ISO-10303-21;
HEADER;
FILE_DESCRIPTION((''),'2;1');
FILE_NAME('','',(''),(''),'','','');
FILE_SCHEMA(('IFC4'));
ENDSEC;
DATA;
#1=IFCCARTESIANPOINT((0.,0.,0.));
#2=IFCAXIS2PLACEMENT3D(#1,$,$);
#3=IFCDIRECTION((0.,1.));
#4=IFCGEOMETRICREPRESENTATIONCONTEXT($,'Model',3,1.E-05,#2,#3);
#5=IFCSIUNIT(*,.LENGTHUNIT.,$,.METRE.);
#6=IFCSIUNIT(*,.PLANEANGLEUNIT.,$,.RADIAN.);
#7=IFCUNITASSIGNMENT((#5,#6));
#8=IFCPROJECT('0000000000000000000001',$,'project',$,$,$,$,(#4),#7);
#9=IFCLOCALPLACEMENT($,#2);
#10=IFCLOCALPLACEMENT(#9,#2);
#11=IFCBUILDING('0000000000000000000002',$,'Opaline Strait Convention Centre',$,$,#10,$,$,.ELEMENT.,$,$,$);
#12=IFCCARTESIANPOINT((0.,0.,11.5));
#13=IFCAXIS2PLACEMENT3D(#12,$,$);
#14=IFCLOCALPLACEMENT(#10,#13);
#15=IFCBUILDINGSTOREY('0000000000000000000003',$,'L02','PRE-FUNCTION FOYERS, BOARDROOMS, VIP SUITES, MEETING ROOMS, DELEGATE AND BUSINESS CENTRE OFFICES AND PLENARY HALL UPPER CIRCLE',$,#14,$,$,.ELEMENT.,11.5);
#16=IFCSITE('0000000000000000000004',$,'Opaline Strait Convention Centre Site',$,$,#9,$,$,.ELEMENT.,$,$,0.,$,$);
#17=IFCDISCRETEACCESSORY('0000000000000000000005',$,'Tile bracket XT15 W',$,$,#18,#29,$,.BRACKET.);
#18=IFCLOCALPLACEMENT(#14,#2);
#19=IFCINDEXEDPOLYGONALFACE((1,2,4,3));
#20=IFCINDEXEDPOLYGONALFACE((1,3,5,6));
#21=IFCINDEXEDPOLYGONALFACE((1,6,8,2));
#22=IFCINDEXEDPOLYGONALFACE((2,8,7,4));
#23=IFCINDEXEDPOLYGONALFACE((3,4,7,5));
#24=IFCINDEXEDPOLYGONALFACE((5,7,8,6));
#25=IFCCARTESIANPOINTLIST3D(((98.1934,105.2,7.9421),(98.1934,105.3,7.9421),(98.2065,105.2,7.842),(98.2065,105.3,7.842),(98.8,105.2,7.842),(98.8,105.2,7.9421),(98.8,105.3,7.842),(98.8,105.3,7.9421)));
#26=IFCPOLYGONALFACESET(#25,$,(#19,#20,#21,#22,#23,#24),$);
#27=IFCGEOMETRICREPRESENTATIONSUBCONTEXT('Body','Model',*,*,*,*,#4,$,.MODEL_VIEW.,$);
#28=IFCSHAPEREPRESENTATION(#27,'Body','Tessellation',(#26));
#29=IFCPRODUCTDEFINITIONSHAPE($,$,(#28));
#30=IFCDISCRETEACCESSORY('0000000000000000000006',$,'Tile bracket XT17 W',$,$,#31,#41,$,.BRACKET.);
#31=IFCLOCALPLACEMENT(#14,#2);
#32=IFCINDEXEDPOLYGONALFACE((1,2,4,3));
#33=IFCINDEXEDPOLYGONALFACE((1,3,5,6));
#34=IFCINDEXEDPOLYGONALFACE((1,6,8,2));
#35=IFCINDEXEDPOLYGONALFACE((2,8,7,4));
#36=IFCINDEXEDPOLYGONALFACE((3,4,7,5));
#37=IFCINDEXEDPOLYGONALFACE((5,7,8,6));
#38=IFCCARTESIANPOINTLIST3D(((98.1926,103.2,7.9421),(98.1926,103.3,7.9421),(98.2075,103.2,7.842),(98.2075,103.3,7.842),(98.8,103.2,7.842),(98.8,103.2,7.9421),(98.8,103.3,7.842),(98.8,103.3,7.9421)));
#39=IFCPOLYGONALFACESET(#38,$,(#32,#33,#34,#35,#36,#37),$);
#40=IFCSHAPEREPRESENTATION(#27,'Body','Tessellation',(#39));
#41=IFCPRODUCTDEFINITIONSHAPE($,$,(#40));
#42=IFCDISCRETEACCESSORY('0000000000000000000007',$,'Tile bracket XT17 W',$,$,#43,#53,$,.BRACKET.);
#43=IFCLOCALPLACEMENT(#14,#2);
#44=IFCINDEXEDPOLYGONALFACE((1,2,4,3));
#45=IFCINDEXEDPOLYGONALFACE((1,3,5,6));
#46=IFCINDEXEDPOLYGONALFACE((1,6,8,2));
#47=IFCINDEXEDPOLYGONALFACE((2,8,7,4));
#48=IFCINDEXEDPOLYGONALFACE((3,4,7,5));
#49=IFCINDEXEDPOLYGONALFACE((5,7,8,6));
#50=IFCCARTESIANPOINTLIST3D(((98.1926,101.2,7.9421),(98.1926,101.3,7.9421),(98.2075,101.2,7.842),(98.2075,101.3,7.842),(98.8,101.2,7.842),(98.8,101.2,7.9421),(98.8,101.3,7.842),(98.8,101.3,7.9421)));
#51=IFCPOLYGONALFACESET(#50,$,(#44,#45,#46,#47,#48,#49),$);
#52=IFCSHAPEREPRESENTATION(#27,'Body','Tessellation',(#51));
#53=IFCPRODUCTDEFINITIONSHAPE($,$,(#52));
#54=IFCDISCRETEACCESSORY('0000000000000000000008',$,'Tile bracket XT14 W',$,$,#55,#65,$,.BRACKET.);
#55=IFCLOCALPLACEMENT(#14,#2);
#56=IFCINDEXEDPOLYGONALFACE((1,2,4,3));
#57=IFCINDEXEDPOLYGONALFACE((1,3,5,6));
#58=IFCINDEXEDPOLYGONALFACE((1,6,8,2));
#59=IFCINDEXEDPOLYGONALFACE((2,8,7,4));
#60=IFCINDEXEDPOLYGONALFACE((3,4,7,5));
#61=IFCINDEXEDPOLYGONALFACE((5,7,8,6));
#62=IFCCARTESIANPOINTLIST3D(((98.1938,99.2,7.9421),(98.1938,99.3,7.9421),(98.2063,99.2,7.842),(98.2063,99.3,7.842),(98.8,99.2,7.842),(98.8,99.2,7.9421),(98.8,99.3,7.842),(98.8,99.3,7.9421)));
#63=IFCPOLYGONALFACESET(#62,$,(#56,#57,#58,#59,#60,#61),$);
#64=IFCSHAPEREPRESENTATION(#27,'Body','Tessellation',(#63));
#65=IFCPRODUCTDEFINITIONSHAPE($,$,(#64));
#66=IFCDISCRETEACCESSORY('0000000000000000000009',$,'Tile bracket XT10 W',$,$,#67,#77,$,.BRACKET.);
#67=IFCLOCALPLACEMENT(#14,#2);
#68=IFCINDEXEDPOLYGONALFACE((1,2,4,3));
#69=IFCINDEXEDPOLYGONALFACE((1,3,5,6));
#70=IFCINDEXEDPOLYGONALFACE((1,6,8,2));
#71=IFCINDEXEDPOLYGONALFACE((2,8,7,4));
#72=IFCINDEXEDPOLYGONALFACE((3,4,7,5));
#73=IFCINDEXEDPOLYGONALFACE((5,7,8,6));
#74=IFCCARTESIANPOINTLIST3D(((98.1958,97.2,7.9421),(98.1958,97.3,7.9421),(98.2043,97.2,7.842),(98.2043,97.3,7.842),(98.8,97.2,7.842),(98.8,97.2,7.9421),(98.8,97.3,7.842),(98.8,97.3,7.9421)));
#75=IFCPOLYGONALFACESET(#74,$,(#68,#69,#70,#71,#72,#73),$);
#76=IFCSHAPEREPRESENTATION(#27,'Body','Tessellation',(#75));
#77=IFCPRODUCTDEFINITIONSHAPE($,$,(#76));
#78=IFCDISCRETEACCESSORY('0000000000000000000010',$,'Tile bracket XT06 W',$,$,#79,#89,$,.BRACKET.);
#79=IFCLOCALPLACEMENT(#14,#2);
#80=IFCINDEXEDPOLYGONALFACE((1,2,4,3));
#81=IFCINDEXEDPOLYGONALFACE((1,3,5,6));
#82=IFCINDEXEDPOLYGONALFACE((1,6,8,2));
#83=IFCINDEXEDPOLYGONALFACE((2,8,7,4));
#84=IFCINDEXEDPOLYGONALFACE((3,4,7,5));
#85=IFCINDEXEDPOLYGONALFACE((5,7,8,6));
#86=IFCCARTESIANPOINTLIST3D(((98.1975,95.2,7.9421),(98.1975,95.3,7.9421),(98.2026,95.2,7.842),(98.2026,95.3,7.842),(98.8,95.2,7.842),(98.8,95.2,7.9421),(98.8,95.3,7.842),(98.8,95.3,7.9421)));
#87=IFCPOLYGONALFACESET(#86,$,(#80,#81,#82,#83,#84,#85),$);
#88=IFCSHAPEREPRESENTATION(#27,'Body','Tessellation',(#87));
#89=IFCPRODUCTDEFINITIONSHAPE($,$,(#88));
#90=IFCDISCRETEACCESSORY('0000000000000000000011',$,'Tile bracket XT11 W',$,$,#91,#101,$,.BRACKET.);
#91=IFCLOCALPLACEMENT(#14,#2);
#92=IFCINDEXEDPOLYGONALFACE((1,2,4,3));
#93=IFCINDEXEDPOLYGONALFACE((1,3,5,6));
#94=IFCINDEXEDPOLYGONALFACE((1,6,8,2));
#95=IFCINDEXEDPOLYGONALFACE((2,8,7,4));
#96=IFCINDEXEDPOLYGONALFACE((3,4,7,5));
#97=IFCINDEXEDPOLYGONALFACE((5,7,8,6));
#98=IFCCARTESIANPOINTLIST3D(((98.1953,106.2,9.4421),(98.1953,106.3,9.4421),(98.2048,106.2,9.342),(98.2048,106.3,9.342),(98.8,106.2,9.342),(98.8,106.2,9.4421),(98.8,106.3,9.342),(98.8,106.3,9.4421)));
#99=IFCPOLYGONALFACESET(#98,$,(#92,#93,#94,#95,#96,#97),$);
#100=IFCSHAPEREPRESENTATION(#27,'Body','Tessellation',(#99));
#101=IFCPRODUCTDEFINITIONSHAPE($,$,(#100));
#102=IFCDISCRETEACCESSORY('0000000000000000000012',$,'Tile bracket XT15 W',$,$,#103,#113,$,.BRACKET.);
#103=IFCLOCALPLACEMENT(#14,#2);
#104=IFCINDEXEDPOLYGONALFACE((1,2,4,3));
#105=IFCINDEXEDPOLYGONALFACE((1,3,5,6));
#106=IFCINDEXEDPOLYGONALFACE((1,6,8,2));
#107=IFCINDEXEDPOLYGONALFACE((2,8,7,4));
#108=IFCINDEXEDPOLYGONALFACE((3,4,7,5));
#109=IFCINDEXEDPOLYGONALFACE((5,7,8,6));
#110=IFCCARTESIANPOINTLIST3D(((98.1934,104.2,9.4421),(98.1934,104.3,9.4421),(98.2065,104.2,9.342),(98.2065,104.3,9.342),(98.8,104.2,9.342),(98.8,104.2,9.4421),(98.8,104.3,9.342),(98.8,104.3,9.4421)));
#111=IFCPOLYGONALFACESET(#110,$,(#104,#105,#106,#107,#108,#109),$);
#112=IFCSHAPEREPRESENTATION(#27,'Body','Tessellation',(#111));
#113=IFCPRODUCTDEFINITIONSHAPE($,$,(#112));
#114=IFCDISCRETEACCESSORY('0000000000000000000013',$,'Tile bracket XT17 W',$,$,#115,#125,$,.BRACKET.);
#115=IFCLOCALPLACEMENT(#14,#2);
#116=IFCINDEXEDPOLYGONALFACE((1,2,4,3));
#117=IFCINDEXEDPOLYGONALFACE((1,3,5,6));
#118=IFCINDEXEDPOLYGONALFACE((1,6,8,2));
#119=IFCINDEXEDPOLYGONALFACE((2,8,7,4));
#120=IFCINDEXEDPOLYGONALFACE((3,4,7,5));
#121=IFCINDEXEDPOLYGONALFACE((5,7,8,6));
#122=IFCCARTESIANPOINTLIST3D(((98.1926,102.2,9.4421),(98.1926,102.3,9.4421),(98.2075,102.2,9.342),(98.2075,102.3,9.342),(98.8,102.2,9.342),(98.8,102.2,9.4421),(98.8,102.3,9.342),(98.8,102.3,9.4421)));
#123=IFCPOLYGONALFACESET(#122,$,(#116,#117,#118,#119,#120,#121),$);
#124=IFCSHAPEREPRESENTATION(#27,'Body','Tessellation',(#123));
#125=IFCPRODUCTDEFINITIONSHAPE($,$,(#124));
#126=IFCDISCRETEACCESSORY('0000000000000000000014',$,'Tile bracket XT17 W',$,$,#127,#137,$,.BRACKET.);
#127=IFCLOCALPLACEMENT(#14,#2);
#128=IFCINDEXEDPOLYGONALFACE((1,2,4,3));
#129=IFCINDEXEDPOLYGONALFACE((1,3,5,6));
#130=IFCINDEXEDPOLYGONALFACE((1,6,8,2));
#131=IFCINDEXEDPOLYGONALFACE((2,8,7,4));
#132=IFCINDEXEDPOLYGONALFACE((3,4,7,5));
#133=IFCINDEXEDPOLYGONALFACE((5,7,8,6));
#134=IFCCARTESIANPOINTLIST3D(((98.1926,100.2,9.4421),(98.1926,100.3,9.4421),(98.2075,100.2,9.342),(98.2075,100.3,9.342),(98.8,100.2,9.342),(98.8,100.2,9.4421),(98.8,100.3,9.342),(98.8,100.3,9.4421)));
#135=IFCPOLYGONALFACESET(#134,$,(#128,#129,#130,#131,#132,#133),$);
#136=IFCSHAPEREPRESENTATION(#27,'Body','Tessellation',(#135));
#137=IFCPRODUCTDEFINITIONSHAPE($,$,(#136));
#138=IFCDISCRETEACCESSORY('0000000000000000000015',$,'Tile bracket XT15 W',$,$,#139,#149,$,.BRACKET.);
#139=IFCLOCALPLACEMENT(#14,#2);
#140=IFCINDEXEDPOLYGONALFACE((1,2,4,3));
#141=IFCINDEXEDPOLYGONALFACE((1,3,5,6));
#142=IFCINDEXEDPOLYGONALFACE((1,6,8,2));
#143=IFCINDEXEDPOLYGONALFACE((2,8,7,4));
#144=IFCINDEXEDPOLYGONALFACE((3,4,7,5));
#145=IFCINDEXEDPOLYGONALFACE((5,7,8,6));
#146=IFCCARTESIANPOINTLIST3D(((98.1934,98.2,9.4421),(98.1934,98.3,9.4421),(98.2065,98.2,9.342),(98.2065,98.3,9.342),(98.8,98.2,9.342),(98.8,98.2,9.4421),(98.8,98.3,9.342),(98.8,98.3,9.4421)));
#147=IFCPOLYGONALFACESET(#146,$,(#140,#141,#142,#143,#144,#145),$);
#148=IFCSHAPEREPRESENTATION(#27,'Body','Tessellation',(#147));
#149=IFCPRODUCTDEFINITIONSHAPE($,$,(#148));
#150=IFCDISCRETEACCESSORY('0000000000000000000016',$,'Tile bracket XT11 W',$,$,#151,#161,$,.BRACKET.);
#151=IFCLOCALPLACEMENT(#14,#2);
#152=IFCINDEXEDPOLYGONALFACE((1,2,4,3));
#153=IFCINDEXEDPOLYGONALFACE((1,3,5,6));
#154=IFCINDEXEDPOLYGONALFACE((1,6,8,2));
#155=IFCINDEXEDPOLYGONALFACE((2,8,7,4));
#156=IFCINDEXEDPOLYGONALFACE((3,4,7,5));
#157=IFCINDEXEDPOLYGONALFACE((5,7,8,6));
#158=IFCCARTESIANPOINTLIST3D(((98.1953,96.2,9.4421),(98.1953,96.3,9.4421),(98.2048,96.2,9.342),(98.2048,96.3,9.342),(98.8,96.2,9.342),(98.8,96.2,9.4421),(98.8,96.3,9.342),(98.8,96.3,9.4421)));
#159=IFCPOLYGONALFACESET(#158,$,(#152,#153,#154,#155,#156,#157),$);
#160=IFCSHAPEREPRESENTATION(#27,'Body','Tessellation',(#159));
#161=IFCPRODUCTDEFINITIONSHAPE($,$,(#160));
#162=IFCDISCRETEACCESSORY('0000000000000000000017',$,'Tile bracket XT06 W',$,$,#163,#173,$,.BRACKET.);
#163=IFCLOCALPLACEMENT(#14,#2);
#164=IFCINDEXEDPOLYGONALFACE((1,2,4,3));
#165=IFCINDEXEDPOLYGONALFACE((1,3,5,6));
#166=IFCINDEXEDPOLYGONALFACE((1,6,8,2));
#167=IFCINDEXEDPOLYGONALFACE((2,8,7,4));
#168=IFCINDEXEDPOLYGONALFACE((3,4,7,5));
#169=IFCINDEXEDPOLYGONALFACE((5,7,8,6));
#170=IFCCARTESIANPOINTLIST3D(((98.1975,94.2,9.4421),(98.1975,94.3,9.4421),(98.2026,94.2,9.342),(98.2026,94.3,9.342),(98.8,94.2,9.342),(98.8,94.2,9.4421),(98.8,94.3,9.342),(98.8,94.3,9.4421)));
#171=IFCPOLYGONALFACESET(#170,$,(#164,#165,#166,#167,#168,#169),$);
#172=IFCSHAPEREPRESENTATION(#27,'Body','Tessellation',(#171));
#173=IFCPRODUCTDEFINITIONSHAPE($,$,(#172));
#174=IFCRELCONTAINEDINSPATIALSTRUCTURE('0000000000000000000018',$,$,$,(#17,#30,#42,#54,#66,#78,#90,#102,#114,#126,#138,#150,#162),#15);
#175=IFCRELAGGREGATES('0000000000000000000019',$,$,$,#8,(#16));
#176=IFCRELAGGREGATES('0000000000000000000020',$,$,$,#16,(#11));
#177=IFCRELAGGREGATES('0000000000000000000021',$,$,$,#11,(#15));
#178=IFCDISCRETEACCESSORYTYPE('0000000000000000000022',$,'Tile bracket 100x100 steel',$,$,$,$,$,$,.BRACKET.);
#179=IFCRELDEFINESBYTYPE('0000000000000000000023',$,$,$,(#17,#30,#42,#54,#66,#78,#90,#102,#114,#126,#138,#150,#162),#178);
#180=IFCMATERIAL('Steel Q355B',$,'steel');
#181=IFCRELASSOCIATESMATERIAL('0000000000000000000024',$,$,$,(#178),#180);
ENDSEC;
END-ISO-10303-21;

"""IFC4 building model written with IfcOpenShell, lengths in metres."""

from ifc_helpers import new_model, si_unit, direction, frame, origin, place, context, subcontext, project, spatial, polyline, outline, extrude, material, type_object, element, save


model = new_model("IFC4")

# Units and contexts
model_context = context("Model", 3, precision=1e-05, world=origin(), true_north=direction((0.0, 1.0)))
body_context = subcontext(model_context, "Body", "Model", "MODEL_VIEW")
ifc_project = project(units=[si_unit("LENGTHUNIT", "METRE"), si_unit("PLANEANGLEUNIT", "RADIAN")], contexts=[model_context])

# Site, building, storey
site_placement = place(None, origin())
site = spatial("IfcSite", under=ifc_project, at=site_placement, Name="Opaline Strait Convention Centre Site", CompositionType="ELEMENT", RefElevation=0.0)
building_placement = place(site_placement, origin())
building = spatial("IfcBuilding", under=site, at=building_placement, Name="Opaline Strait Convention Centre", CompositionType="ELEMENT")
storey_placement = place(building_placement, frame((0.0, 0.0, 11.5)))
storey = spatial("IfcBuildingStorey", under=building, at=storey_placement, Name="L02", Description="PRE-FUNCTION FOYERS, BOARDROOMS, VIP SUITES, MEETING ROOMS, DELEGATE AND BUSINESS CENTRE OFFICES AND PLENARY HALL UPPER CIRCLE", CompositionType="ELEMENT", Elevation=11.5)

# Shared definitions
ifc_material_1 = material(Name="Steel Q355B", Category="steel")

# Discrete accessories
discrete_accessory_type = type_object("IfcDiscreteAccessoryType", Name="Tile bracket 100x100 steel", PredefinedType="BRACKET", material=ifc_material_1)
discrete_accessory_1_placement = place(storey_placement, frame((98.8, 105.3, 7.8921), z_axis=(0.0, -1.0, 0.0), x_axis=(1.0, 0.0, 0.0)))
element("IfcDiscreteAccessory", 1, at=discrete_accessory_1_placement, inside=storey, type_object=discrete_accessory_type, Name="Tile bracket XT15 W", PredefinedType="BRACKET", context=body_context, shape_type="SweptSolid", body=[
    extrude(outline(polyline([(0.0, -0.05), (0.0, 0.05), (-0.6067, 0.05), (-0.5935, -0.05), (0.0, -0.05)])), origin(), (0.0, 0.0, 1.0), 0.1001),
])
for number, where, z_axis, x_axis, name in (
    (2, (98.8, 103.3, 7.8921), (0.0, -1.0, 0.0), (1.0, 0.0, 0.0), "Tile bracket XT17 W"),
    (3, (98.8, 101.3, 7.8921), (0.0, -1.0, 0.0), (1.0, 0.0, 0.0), "Tile bracket XT17 W"),
):
    element("IfcDiscreteAccessory", number, at=place(storey_placement, frame(where, z_axis=z_axis, x_axis=x_axis)), inside=storey, type_object=discrete_accessory_type, Name=name, PredefinedType="BRACKET", context=body_context, shape_type="SweptSolid", body=[
        extrude(outline(polyline([(0.0, -0.05), (0.0, 0.05), (-0.6074, 0.05), (-0.5925, -0.05), (0.0, -0.05)])), origin(), (0.0, 0.0, 1.0), 0.1001),
    ])
discrete_accessory_2_placement = place(storey_placement, frame((98.8, 99.3, 7.8921), z_axis=(0.0, -1.0, 0.0), x_axis=(1.0, 0.0, 0.0)))
element("IfcDiscreteAccessory", 4, at=discrete_accessory_2_placement, inside=storey, type_object=discrete_accessory_type, Name="Tile bracket XT14 W", PredefinedType="BRACKET", context=body_context, shape_type="SweptSolid", body=[
    extrude(outline(polyline([(0.0, -0.05), (0.0, 0.05), (-0.6062, 0.05), (-0.5938, -0.05), (0.0, -0.05)])), origin(), (0.0, 0.0, 1.0), 0.1001),
])
discrete_accessory_3_placement = place(storey_placement, frame((98.8, 97.3, 7.8921), z_axis=(0.0, -1.0, 0.0), x_axis=(1.0, 0.0, 0.0)))
element("IfcDiscreteAccessory", 5, at=discrete_accessory_3_placement, inside=storey, type_object=discrete_accessory_type, Name="Tile bracket XT10 W", PredefinedType="BRACKET", context=body_context, shape_type="SweptSolid", body=[
    extrude(outline(polyline([(0.0, -0.05), (0.0, 0.05), (-0.6042, 0.05), (-0.5957, -0.05), (0.0, -0.05)])), origin(), (0.0, 0.0, 1.0), 0.1001),
])
discrete_accessory_4_placement = place(storey_placement, frame((98.8, 95.3, 7.8921), z_axis=(0.0, -1.0, 0.0), x_axis=(1.0, 0.0, 0.0)))
element("IfcDiscreteAccessory", 6, at=discrete_accessory_4_placement, inside=storey, type_object=discrete_accessory_type, Name="Tile bracket XT06 W", PredefinedType="BRACKET", context=body_context, shape_type="SweptSolid", body=[
    extrude(outline(polyline([(0.0, -0.05), (0.0, 0.05), (-0.6025, 0.05), (-0.5974, -0.05), (0.0, -0.05)])), origin(), (0.0, 0.0, 1.0), 0.1001),
])
discrete_accessory_5_placement = place(storey_placement, frame((98.8, 106.3, 9.3921), z_axis=(0.0, -1.0, 0.0), x_axis=(1.0, 0.0, 0.0)))
element("IfcDiscreteAccessory", 7, at=discrete_accessory_5_placement, inside=storey, type_object=discrete_accessory_type, Name="Tile bracket XT11 W", PredefinedType="BRACKET", context=body_context, shape_type="SweptSolid", body=[
    extrude(outline(polyline([(0.0, -0.05), (0.0, 0.05), (-0.6047, 0.05), (-0.5952, -0.05), (0.0, -0.05)])), origin(), (0.0, 0.0, 1.0), 0.1001),
])
discrete_accessory_6_placement = place(storey_placement, frame((98.8, 104.3, 9.3921), z_axis=(0.0, -1.0, 0.0), x_axis=(1.0, 0.0, 0.0)))
element("IfcDiscreteAccessory", 8, at=discrete_accessory_6_placement, inside=storey, type_object=discrete_accessory_type, Name="Tile bracket XT15 W", PredefinedType="BRACKET", context=body_context, shape_type="SweptSolid", body=[
    extrude(outline(polyline([(0.0, -0.05), (0.0, 0.05), (-0.6067, 0.05), (-0.5935, -0.05), (0.0, -0.05)])), origin(), (0.0, 0.0, 1.0), 0.1001),
])
for number, where, z_axis, x_axis, name in (
    (9, (98.8, 102.3, 9.3921), (0.0, -1.0, 0.0), (1.0, 0.0, 0.0), "Tile bracket XT17 W"),
    (10, (98.8, 100.3, 9.3921), (0.0, -1.0, 0.0), (1.0, 0.0, 0.0), "Tile bracket XT17 W"),
):
    element("IfcDiscreteAccessory", number, at=place(storey_placement, frame(where, z_axis=z_axis, x_axis=x_axis)), inside=storey, type_object=discrete_accessory_type, Name=name, PredefinedType="BRACKET", context=body_context, shape_type="SweptSolid", body=[
        extrude(outline(polyline([(0.0, -0.05), (0.0, 0.05), (-0.6074, 0.05), (-0.5925, -0.05), (0.0, -0.05)])), origin(), (0.0, 0.0, 1.0), 0.1001),
    ])
discrete_accessory_7_placement = place(storey_placement, frame((98.8, 98.3, 9.3921), z_axis=(0.0, -1.0, 0.0), x_axis=(1.0, 0.0, 0.0)))
element("IfcDiscreteAccessory", 11, at=discrete_accessory_7_placement, inside=storey, type_object=discrete_accessory_type, Name="Tile bracket XT15 W", PredefinedType="BRACKET", context=body_context, shape_type="SweptSolid", body=[
    extrude(outline(polyline([(0.0, -0.05), (0.0, 0.05), (-0.6067, 0.05), (-0.5935, -0.05), (0.0, -0.05)])), origin(), (0.0, 0.0, 1.0), 0.1001),
])
discrete_accessory_8_placement = place(storey_placement, frame((98.8, 96.3, 9.3921), z_axis=(0.0, -1.0, 0.0), x_axis=(1.0, 0.0, 0.0)))
element("IfcDiscreteAccessory", 12, at=discrete_accessory_8_placement, inside=storey, type_object=discrete_accessory_type, Name="Tile bracket XT11 W", PredefinedType="BRACKET", context=body_context, shape_type="SweptSolid", body=[
    extrude(outline(polyline([(0.0, -0.05), (0.0, 0.05), (-0.6047, 0.05), (-0.5952, -0.05), (0.0, -0.05)])), origin(), (0.0, 0.0, 1.0), 0.1001),
])
discrete_accessory_9_placement = place(storey_placement, frame((98.8, 94.3, 9.3921), z_axis=(0.0, -1.0, 0.0), x_axis=(1.0, 0.0, 0.0)))
element("IfcDiscreteAccessory", 13, at=discrete_accessory_9_placement, inside=storey, type_object=discrete_accessory_type, Name="Tile bracket XT06 W", PredefinedType="BRACKET", context=body_context, shape_type="SweptSolid", body=[
    extrude(outline(polyline([(0.0, -0.05), (0.0, 0.05), (-0.6025, 0.05), (-0.5974, -0.05), (0.0, -0.05)])), origin(), (0.0, 0.0, 1.0), 0.1001),
])

save(model, "model.ifc")
